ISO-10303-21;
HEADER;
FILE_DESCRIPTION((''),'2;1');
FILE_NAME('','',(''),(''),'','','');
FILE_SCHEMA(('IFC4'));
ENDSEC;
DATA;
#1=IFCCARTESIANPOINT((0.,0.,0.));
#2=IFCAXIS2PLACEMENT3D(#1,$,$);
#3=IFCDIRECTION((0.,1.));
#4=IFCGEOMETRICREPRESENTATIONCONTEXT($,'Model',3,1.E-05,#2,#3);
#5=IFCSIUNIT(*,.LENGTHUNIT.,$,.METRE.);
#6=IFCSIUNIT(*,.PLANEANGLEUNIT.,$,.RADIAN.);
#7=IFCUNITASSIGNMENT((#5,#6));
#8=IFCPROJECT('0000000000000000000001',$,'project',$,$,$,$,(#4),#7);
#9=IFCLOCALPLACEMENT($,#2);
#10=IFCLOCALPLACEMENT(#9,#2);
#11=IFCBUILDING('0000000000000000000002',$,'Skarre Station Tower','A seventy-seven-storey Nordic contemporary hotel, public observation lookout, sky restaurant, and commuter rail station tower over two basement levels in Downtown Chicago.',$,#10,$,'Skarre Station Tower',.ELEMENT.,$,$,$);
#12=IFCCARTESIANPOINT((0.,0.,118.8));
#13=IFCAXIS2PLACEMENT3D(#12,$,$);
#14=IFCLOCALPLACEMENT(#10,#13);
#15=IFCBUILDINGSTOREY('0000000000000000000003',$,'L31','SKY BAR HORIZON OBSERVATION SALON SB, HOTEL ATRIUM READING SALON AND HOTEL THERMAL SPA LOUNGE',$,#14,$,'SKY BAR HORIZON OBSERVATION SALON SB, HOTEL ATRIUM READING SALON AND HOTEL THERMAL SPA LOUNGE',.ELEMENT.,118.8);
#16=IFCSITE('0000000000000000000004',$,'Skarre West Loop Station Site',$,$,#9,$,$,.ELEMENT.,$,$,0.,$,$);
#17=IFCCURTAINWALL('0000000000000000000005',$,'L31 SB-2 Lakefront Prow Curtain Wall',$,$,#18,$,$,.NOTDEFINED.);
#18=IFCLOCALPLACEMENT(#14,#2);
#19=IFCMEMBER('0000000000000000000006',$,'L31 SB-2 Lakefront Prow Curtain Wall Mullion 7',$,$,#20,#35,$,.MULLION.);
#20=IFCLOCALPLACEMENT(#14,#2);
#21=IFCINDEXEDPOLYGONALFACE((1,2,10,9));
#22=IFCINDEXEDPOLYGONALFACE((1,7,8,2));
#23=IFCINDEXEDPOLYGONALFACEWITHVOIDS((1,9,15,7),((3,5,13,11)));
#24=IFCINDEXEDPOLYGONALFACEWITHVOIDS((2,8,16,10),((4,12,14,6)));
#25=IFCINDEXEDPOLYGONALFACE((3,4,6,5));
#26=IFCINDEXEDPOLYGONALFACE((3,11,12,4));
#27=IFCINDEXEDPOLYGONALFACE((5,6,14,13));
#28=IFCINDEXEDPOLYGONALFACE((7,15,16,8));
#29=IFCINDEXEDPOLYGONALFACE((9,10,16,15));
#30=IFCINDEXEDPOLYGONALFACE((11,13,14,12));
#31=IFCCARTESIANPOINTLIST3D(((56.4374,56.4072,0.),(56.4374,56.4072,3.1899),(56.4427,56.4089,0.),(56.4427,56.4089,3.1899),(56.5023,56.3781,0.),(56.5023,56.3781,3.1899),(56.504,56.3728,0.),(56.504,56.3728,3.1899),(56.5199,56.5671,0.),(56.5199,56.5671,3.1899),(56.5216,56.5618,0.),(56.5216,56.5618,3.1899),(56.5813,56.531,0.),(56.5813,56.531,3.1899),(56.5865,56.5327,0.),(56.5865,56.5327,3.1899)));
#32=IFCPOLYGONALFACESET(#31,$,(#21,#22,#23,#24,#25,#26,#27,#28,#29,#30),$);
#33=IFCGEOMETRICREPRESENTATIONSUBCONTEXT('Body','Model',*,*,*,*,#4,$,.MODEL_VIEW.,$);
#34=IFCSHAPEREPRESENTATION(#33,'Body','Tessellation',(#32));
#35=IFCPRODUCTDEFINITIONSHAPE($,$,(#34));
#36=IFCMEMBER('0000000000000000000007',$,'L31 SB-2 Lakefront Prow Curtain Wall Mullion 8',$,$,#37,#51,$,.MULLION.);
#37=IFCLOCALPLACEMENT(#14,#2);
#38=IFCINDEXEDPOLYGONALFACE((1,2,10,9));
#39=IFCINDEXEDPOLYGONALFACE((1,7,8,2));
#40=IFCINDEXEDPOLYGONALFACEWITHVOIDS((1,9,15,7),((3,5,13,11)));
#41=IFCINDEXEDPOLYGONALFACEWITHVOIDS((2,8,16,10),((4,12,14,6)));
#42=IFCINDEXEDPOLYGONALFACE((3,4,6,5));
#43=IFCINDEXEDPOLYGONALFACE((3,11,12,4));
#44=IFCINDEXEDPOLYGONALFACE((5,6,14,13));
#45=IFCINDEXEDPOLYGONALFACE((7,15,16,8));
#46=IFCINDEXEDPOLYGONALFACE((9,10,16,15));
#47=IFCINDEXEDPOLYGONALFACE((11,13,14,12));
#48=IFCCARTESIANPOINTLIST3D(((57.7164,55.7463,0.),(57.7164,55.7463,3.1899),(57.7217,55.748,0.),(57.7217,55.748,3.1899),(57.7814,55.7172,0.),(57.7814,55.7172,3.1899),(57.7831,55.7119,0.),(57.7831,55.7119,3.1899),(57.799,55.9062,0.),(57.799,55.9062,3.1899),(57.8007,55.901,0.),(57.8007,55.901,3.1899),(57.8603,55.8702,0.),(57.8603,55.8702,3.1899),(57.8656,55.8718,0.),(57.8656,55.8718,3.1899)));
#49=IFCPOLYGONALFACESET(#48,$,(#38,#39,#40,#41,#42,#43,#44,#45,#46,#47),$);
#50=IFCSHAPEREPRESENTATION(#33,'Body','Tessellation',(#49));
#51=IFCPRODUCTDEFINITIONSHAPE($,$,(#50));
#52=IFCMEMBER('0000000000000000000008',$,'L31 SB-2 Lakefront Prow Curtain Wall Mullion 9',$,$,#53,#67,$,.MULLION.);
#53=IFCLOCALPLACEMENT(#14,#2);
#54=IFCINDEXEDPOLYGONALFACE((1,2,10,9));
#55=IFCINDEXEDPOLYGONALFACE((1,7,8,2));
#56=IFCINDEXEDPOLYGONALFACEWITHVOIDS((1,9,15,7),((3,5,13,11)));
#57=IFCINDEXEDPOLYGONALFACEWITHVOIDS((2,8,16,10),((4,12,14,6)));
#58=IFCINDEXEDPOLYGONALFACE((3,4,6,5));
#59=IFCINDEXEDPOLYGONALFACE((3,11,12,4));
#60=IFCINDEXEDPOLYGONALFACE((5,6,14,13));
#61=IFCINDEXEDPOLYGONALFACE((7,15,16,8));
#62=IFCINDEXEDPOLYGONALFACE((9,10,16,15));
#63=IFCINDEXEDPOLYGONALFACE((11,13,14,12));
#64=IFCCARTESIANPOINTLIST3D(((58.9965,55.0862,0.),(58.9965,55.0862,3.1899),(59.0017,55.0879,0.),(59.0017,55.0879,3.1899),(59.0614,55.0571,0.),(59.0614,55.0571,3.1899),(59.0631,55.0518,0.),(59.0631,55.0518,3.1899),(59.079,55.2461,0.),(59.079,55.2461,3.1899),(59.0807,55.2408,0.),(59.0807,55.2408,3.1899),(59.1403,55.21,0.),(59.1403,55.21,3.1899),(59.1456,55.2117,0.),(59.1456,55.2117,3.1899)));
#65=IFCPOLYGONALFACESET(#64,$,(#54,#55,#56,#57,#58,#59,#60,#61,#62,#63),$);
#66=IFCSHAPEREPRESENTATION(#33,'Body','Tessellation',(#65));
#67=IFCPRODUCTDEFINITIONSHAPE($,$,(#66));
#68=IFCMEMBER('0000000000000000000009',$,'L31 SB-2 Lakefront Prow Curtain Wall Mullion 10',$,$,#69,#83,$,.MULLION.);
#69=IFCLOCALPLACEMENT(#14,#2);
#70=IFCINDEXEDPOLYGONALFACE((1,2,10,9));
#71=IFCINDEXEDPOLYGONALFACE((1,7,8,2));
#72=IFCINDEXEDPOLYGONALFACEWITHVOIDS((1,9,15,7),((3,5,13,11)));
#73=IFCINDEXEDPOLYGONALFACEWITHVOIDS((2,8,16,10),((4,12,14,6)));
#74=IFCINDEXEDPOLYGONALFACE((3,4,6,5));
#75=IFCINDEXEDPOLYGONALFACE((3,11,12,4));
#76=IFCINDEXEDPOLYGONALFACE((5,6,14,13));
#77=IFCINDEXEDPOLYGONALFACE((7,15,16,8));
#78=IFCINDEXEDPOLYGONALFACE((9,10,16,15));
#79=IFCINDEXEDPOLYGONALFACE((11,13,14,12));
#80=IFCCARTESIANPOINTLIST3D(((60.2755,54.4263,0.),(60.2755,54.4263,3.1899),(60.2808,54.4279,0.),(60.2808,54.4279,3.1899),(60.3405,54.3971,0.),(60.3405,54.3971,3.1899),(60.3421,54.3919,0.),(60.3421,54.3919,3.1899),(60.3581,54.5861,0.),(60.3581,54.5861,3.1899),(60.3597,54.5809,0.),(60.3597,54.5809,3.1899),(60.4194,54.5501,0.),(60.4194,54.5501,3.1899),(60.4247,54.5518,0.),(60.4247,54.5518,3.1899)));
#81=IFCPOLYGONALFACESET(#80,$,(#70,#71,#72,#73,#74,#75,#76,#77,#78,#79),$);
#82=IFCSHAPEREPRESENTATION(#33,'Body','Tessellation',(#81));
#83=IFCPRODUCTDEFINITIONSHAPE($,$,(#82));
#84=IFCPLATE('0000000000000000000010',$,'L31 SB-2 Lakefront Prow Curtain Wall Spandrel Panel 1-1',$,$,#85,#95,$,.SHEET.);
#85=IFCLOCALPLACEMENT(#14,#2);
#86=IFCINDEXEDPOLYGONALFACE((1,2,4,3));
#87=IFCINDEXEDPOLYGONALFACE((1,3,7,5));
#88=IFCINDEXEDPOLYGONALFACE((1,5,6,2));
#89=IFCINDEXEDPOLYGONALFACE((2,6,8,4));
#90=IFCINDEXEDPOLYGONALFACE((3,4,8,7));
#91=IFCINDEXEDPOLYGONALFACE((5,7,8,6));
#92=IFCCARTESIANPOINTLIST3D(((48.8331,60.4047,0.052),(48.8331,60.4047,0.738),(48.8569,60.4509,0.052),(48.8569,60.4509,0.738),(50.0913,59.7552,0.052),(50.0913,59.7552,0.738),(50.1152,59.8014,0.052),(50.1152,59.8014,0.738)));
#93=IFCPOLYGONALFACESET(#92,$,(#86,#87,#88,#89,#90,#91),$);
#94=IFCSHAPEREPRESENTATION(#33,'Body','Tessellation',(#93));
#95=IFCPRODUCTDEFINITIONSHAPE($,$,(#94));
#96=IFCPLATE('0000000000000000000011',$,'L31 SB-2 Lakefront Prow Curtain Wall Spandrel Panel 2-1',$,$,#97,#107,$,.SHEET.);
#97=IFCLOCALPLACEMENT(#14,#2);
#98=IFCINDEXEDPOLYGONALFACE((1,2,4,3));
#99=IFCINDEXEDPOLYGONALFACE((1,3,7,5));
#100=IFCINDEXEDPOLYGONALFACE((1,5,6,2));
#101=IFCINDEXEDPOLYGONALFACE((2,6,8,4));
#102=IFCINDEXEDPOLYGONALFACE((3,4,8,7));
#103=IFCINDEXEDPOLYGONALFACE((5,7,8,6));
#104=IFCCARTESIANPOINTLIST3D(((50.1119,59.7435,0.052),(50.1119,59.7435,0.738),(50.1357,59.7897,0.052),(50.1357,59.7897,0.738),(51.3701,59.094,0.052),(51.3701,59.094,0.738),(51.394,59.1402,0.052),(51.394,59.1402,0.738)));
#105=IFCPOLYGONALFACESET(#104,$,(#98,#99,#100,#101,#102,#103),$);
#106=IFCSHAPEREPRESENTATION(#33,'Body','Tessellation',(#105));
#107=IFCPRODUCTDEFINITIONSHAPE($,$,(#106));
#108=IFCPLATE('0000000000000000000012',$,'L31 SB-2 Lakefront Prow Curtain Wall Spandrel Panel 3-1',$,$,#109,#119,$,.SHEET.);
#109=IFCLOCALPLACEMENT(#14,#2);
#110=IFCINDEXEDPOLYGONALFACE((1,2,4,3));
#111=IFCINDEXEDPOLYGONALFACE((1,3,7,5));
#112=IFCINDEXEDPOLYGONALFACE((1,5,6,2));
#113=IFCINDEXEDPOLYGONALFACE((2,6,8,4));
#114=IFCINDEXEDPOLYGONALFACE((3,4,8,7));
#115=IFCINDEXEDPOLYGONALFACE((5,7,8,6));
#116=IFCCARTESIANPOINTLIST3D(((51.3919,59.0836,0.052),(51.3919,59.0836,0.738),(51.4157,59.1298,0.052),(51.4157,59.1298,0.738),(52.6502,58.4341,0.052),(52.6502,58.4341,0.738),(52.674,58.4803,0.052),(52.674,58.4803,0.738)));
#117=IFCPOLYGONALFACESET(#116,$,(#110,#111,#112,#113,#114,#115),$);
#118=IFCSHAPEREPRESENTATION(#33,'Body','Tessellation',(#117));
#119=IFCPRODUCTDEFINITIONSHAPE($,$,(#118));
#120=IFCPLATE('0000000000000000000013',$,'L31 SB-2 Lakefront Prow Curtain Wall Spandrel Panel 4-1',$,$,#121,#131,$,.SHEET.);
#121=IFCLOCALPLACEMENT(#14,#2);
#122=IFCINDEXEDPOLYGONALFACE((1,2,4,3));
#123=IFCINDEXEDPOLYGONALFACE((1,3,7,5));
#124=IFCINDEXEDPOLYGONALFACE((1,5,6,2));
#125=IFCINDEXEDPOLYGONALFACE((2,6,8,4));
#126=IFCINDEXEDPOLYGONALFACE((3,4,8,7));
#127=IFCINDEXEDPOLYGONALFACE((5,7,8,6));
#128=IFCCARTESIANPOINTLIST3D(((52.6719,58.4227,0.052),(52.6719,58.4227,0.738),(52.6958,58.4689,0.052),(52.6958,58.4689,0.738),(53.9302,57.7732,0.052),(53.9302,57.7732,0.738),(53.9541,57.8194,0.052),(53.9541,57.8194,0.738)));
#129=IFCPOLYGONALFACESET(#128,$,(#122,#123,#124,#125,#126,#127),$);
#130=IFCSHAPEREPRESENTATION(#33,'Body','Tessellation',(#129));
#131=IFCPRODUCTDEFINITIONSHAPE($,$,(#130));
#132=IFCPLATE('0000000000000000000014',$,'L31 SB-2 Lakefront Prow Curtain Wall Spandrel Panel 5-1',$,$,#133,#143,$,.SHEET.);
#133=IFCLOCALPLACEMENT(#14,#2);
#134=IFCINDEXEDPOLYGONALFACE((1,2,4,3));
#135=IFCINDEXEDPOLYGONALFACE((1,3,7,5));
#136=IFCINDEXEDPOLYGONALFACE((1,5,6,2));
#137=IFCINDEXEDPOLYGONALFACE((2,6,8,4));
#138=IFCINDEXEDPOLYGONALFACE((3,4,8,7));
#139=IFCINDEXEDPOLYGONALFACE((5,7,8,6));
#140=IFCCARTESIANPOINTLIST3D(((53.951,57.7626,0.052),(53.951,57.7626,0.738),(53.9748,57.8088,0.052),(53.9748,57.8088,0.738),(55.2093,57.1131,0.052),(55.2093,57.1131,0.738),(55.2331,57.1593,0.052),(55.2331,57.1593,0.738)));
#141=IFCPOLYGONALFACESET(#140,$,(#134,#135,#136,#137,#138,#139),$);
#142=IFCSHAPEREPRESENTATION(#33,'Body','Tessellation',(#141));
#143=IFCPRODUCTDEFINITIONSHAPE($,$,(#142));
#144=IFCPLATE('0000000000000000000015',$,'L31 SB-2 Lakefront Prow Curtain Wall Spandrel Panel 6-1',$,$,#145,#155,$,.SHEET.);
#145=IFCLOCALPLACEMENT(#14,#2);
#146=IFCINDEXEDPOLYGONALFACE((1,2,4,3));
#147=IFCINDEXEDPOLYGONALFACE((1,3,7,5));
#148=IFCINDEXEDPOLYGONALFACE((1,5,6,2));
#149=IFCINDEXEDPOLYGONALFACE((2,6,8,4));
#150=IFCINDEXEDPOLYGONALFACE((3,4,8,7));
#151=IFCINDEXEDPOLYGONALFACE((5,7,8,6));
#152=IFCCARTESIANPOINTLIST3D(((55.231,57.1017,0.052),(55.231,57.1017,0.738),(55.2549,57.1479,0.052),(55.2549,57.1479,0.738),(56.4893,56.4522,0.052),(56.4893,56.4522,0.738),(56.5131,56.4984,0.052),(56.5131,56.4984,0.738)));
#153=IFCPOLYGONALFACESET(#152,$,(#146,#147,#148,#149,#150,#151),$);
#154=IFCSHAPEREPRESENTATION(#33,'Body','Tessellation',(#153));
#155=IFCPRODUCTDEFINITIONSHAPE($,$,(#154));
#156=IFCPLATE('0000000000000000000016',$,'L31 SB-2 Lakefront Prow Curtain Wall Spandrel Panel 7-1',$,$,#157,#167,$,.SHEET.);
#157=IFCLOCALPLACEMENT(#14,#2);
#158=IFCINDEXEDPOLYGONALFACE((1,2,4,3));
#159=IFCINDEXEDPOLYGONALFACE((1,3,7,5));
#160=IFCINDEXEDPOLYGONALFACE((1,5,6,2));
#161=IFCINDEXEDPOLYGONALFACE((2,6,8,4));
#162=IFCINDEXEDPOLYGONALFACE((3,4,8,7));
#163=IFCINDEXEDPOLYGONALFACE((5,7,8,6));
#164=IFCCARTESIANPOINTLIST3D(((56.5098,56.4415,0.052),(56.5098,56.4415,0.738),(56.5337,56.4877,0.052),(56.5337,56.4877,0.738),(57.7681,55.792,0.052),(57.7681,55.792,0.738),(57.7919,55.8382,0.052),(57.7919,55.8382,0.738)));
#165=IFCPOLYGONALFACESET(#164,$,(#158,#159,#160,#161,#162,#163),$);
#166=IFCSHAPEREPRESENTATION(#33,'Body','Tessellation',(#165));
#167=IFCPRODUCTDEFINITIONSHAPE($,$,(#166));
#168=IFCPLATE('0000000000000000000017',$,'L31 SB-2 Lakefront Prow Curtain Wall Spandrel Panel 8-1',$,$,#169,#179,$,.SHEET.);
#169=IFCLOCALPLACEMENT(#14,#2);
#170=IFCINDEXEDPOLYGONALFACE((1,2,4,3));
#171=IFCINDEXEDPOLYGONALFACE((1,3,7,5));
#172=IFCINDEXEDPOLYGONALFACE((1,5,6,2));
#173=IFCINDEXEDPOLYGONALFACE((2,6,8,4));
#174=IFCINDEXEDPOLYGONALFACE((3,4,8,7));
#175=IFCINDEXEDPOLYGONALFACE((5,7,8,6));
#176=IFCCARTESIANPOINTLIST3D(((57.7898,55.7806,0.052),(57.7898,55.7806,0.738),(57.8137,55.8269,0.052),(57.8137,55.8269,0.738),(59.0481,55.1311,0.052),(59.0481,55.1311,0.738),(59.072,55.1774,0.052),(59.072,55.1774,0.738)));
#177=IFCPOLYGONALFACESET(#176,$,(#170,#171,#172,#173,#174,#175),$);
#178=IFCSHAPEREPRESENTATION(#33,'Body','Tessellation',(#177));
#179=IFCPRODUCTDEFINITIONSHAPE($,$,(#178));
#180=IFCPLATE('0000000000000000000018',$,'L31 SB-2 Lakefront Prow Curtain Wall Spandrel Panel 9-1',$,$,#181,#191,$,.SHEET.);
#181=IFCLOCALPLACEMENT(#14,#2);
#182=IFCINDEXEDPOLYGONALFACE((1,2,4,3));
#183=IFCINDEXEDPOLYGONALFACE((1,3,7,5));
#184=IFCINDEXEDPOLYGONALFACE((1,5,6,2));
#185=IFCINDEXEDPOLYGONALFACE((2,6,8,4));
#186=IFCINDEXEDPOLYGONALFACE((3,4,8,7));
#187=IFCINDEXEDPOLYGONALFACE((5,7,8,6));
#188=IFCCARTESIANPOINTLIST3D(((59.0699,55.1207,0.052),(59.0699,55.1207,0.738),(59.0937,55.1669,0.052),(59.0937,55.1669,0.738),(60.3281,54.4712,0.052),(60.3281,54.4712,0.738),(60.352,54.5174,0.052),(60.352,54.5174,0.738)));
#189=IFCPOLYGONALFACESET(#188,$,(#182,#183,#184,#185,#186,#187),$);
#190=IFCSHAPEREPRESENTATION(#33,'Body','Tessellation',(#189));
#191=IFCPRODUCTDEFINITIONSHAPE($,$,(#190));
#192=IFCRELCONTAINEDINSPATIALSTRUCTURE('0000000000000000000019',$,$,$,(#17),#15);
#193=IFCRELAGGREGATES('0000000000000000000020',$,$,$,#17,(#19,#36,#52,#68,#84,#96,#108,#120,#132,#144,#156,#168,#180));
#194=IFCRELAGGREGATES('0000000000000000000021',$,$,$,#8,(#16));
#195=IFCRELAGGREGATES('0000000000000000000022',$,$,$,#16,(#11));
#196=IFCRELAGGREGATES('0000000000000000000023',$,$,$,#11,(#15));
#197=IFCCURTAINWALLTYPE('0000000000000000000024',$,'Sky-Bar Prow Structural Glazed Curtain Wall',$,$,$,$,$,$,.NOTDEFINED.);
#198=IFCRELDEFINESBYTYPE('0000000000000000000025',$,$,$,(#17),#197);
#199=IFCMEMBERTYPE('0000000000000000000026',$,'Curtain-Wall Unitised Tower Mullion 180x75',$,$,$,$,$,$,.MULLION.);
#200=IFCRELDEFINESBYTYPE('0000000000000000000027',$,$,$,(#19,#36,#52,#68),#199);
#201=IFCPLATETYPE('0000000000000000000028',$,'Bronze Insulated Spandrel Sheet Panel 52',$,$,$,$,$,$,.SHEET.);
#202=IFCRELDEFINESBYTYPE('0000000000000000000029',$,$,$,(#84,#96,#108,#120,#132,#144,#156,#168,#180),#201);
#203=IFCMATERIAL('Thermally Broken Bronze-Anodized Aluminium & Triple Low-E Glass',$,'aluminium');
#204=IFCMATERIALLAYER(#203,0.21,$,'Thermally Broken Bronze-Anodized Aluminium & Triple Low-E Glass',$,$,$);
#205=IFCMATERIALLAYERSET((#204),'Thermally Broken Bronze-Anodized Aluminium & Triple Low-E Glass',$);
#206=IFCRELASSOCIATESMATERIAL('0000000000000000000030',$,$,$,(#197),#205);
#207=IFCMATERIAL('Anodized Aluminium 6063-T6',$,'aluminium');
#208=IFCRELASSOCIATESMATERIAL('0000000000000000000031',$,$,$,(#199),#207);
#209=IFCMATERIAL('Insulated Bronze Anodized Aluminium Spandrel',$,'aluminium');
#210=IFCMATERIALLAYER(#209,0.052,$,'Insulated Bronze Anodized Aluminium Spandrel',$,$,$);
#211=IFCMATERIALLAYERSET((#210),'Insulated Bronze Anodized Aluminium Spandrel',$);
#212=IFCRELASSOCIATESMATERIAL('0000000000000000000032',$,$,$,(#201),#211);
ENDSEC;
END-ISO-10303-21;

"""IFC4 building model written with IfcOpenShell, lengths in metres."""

from ifc_helpers import new_model, si_unit, direction, frame, origin, origin_2d, place, context, subcontext, project, spatial, rectangle, hollow_rectangle, extrude, material, layer, layer_set, material_profile, profile_set, type_object, element, aggregate, save


model = new_model("IFC4")

# Units and contexts
model_context = context("Model", 3, precision=1e-05, world=origin(), true_north=direction((0.0, 1.0)))
body_context = subcontext(model_context, "Body", "Model", "MODEL_VIEW")
ifc_project = project(units=[si_unit("LENGTHUNIT", "METRE"), si_unit("PLANEANGLEUNIT", "RADIAN")], contexts=[model_context])

# Site, building, storey
site_placement = place(None, origin())
site = spatial("IfcSite", under=ifc_project, at=site_placement, Name="Skarre West Loop Station Site", CompositionType="ELEMENT", RefElevation=0.0)
building_placement = place(site_placement, origin())
building = spatial("IfcBuilding", under=site, at=building_placement, Name="Skarre Station Tower", Description="A seventy-seven-storey Nordic contemporary hotel, public observation lookout, sky restaurant, and commuter rail station tower over two basement levels in Downtown Chicago.", LongName="Skarre Station Tower", CompositionType="ELEMENT")
storey_placement = place(building_placement, frame((0.0, 0.0, 118.8)))
storey = spatial("IfcBuildingStorey", under=building, at=storey_placement, Name="L31", Description="SKY BAR HORIZON OBSERVATION SALON SB, HOTEL ATRIUM READING SALON AND HOTEL THERMAL SPA LOUNGE", LongName="SKY BAR HORIZON OBSERVATION SALON SB, HOTEL ATRIUM READING SALON AND HOTEL THERMAL SPA LOUNGE", CompositionType="ELEMENT", Elevation=118.8)

# Curtain wall, members, plates
ifc_material_1 = material(Name="Thermally Broken Bronze-Anodized Aluminium & Triple Low-E Glass", Category="aluminium")
ifc_layer_1 = layer(ifc_material_1, 0.21, Name="Thermally Broken Bronze-Anodized Aluminium & Triple Low-E Glass")
ifc_layer_set_1 = layer_set([ifc_layer_1], Name="Thermally Broken Bronze-Anodized Aluminium & Triple Low-E Glass")
curtain_wall_type = type_object("IfcCurtainWallType", Name="Sky-Bar Prow Structural Glazed Curtain Wall", PredefinedType="NOTDEFINED", material=ifc_layer_set_1)
curtain_wall_placement = place(storey_placement, origin())
curtain_wall = element("IfcCurtainWall", 1, at=curtain_wall_placement, inside=storey, type_object=curtain_wall_type, Name="L31 SB-2 Lakefront Prow Curtain Wall", PredefinedType="NOTDEFINED")
ifc_material_2 = material(Name="Anodized Aluminium 6063-T6", Category="aluminium")
ifc_material_profile_1 = material_profile(ifc_material_2, hollow_rectangle(XDim=0.075, YDim=0.1799, WallThickness=0.0039, at=origin_2d()), Name="Anodized Aluminium 6063-T6")
ifc_profile_set_1 = profile_set([ifc_material_profile_1], Name="Anodized Aluminium 6063-T6")
member_type_1 = type_object("IfcMemberType", Name="Curtain-Wall Unitised Tower Mullion 180x75", PredefinedType="MULLION", material=ifc_profile_set_1)
member_1_placement = place(storey_placement, frame((56.512, 56.47, 0.0), z_axis=(0.0, 0.0, 1.0), x_axis=(0.888601, -0.458681, 0.0)))
member_1 = element("IfcMember", 2, at=member_1_placement, type_object=member_type_1, Name="L31 SB-2 Lakefront Prow Curtain Wall Mullion 7", PredefinedType="MULLION", context=body_context, shape_type="SweptSolid", body=[
    extrude(hollow_rectangle(XDim=0.075, YDim=0.1799, WallThickness=0.0039, at=origin_2d()), origin(), (0.0, 0.0, 1.0), 3.1899),
])
member_2_placement = place(storey_placement, frame((57.791, 55.8091, 0.0), z_axis=(0.0, 0.0, 1.0), x_axis=(0.888601, -0.458681, 0.0)))
member_2 = element("IfcMember", 3, at=member_2_placement, type_object=member_type_1, Name="L31 SB-2 Lakefront Prow Curtain Wall Mullion 8", PredefinedType="MULLION", context=body_context, shape_type="SweptSolid", body=[
    extrude(hollow_rectangle(XDim=0.075, YDim=0.1799, WallThickness=0.0039, at=origin_2d()), origin(), (0.0, 0.0, 1.0), 3.1899),
])
member_3_placement = place(storey_placement, frame((59.071, 55.1489, 0.0), z_axis=(0.0, 0.0, 1.0), x_axis=(0.888601, -0.458681, 0.0)))
member_3 = element("IfcMember", 4, at=member_3_placement, type_object=member_type_1, Name="L31 SB-2 Lakefront Prow Curtain Wall Mullion 9", PredefinedType="MULLION", context=body_context, shape_type="SweptSolid", body=[
    extrude(hollow_rectangle(XDim=0.075, YDim=0.1799, WallThickness=0.0039, at=origin_2d()), origin(), (0.0, 0.0, 1.0), 3.1899),
])
member_4_placement = place(storey_placement, frame((60.3501, 54.489, 0.0), z_axis=(0.0, 0.0, 1.0), x_axis=(0.888601, -0.458681, 0.0)))
member_4 = element("IfcMember", 5, at=member_4_placement, type_object=member_type_1, Name="L31 SB-2 Lakefront Prow Curtain Wall Mullion 10", PredefinedType="MULLION", context=body_context, shape_type="SweptSolid", body=[
    extrude(hollow_rectangle(XDim=0.075, YDim=0.1799, WallThickness=0.0039, at=origin_2d()), origin(), (0.0, 0.0, 1.0), 3.1899),
])
ifc_material_3 = material(Name="Insulated Bronze Anodized Aluminium Spandrel", Category="aluminium")
ifc_layer_2 = layer(ifc_material_3, 0.052, Name="Insulated Bronze Anodized Aluminium Spandrel")
ifc_layer_set_2 = layer_set([ifc_layer_2], Name="Insulated Bronze Anodized Aluminium Spandrel")
plate_type_1 = type_object("IfcPlateType", Name="Bronze Insulated Spandrel Sheet Panel 52", PredefinedType="SHEET", material=ifc_layer_set_2)
plate_1_placement = place(storey_placement, frame((49.4741, 60.103, 0.052), z_axis=(0.0, 0.0, 1.0), x_axis=(0.888601, -0.458681, 0.0)))
plate_1 = element("IfcPlate", 6, at=plate_1_placement, type_object=plate_type_1, Name="L31 SB-2 Lakefront Prow Curtain Wall Spandrel Panel 1-1", PredefinedType="SHEET", context=body_context, shape_type="SweptSolid", body=[
    extrude(rectangle(XDim=1.416, YDim=0.052, at=origin_2d()), origin(), (0.0, 0.0, 1.0), 0.686),
])
plate_2_placement = place(storey_placement, frame((50.7529, 59.4419, 0.052), z_axis=(0.0, 0.0, 1.0), x_axis=(0.888601, -0.458681, 0.0)))
plate_2 = element("IfcPlate", 7, at=plate_2_placement, type_object=plate_type_1, Name="L31 SB-2 Lakefront Prow Curtain Wall Spandrel Panel 2-1", PredefinedType="SHEET", context=body_context, shape_type="SweptSolid", body=[
    extrude(rectangle(XDim=1.416, YDim=0.052, at=origin_2d()), origin(), (0.0, 0.0, 1.0), 0.686),
])
plate_3_placement = place(storey_placement, frame((52.033, 58.782, 0.052), z_axis=(0.0, 0.0, 1.0), x_axis=(0.888601, -0.458681, 0.0)))
plate_3 = element("IfcPlate", 8, at=plate_3_placement, type_object=plate_type_1, Name="L31 SB-2 Lakefront Prow Curtain Wall Spandrel Panel 3-1", PredefinedType="SHEET", context=body_context, shape_type="SweptSolid", body=[
    extrude(rectangle(XDim=1.416, YDim=0.052, at=origin_2d()), origin(), (0.0, 0.0, 1.0), 0.686),
])
plate_4_placement = place(storey_placement, frame((53.313, 58.1211, 0.052), z_axis=(0.0, 0.0, 1.0), x_axis=(0.888601, -0.458681, 0.0)))
plate_4 = element("IfcPlate", 9, at=plate_4_placement, type_object=plate_type_1, Name="L31 SB-2 Lakefront Prow Curtain Wall Spandrel Panel 4-1", PredefinedType="SHEET", context=body_context, shape_type="SweptSolid", body=[
    extrude(rectangle(XDim=1.416, YDim=0.052, at=origin_2d()), origin(), (0.0, 0.0, 1.0), 0.686),
])
plate_5_placement = place(storey_placement, frame((54.592, 57.4609, 0.052), z_axis=(0.0, 0.0, 1.0), x_axis=(0.888601, -0.458681, 0.0)))
plate_5 = element("IfcPlate", 10, at=plate_5_placement, type_object=plate_type_1, Name="L31 SB-2 Lakefront Prow Curtain Wall Spandrel Panel 5-1", PredefinedType="SHEET", context=body_context, shape_type="SweptSolid", body=[
    extrude(rectangle(XDim=1.416, YDim=0.052, at=origin_2d()), origin(), (0.0, 0.0, 1.0), 0.686),
])
plate_6_placement = place(storey_placement, frame((55.8721, 56.8, 0.052), z_axis=(0.0, 0.0, 1.0), x_axis=(0.888601, -0.458681, 0.0)))
plate_6 = element("IfcPlate", 11, at=plate_6_placement, type_object=plate_type_1, Name="L31 SB-2 Lakefront Prow Curtain Wall Spandrel Panel 6-1", PredefinedType="SHEET", context=body_context, shape_type="SweptSolid", body=[
    extrude(rectangle(XDim=1.416, YDim=0.052, at=origin_2d()), origin(), (0.0, 0.0, 1.0), 0.686),
])
plate_7_placement = place(storey_placement, frame((57.1509, 56.1399, 0.052), z_axis=(0.0, 0.0, 1.0), x_axis=(0.888601, -0.458681, 0.0)))
plate_7 = element("IfcPlate", 12, at=plate_7_placement, type_object=plate_type_1, Name="L31 SB-2 Lakefront Prow Curtain Wall Spandrel Panel 7-1", PredefinedType="SHEET", context=body_context, shape_type="SweptSolid", body=[
    extrude(rectangle(XDim=1.416, YDim=0.052, at=origin_2d()), origin(), (0.0, 0.0, 1.0), 0.686),
])
plate_8_placement = place(storey_placement, frame((58.4309, 55.479, 0.052), z_axis=(0.0, 0.0, 1.0), x_axis=(0.888601, -0.458681, 0.0)))
plate_8 = element("IfcPlate", 13, at=plate_8_placement, type_object=plate_type_1, Name="L31 SB-2 Lakefront Prow Curtain Wall Spandrel Panel 8-1", PredefinedType="SHEET", context=body_context, shape_type="SweptSolid", body=[
    extrude(rectangle(XDim=1.416, YDim=0.052, at=origin_2d()), origin(), (0.0, 0.0, 1.0), 0.686),
])
plate_9_placement = place(storey_placement, frame((59.7109, 54.8191, 0.052), z_axis=(0.0, 0.0, 1.0), x_axis=(0.888601, -0.458681, 0.0)))
plate_9 = element("IfcPlate", 14, at=plate_9_placement, type_object=plate_type_1, Name="L31 SB-2 Lakefront Prow Curtain Wall Spandrel Panel 9-1", PredefinedType="SHEET", context=body_context, shape_type="SweptSolid", body=[
    extrude(rectangle(XDim=1.416, YDim=0.052, at=origin_2d()), origin(), (0.0, 0.0, 1.0), 0.686),
])
aggregate(curtain_wall, [member_1, member_2, member_3, member_4, plate_1, plate_2, plate_3, plate_4, plate_5, plate_6, plate_7, plate_8, plate_9])

save(model, "model.ifc")
